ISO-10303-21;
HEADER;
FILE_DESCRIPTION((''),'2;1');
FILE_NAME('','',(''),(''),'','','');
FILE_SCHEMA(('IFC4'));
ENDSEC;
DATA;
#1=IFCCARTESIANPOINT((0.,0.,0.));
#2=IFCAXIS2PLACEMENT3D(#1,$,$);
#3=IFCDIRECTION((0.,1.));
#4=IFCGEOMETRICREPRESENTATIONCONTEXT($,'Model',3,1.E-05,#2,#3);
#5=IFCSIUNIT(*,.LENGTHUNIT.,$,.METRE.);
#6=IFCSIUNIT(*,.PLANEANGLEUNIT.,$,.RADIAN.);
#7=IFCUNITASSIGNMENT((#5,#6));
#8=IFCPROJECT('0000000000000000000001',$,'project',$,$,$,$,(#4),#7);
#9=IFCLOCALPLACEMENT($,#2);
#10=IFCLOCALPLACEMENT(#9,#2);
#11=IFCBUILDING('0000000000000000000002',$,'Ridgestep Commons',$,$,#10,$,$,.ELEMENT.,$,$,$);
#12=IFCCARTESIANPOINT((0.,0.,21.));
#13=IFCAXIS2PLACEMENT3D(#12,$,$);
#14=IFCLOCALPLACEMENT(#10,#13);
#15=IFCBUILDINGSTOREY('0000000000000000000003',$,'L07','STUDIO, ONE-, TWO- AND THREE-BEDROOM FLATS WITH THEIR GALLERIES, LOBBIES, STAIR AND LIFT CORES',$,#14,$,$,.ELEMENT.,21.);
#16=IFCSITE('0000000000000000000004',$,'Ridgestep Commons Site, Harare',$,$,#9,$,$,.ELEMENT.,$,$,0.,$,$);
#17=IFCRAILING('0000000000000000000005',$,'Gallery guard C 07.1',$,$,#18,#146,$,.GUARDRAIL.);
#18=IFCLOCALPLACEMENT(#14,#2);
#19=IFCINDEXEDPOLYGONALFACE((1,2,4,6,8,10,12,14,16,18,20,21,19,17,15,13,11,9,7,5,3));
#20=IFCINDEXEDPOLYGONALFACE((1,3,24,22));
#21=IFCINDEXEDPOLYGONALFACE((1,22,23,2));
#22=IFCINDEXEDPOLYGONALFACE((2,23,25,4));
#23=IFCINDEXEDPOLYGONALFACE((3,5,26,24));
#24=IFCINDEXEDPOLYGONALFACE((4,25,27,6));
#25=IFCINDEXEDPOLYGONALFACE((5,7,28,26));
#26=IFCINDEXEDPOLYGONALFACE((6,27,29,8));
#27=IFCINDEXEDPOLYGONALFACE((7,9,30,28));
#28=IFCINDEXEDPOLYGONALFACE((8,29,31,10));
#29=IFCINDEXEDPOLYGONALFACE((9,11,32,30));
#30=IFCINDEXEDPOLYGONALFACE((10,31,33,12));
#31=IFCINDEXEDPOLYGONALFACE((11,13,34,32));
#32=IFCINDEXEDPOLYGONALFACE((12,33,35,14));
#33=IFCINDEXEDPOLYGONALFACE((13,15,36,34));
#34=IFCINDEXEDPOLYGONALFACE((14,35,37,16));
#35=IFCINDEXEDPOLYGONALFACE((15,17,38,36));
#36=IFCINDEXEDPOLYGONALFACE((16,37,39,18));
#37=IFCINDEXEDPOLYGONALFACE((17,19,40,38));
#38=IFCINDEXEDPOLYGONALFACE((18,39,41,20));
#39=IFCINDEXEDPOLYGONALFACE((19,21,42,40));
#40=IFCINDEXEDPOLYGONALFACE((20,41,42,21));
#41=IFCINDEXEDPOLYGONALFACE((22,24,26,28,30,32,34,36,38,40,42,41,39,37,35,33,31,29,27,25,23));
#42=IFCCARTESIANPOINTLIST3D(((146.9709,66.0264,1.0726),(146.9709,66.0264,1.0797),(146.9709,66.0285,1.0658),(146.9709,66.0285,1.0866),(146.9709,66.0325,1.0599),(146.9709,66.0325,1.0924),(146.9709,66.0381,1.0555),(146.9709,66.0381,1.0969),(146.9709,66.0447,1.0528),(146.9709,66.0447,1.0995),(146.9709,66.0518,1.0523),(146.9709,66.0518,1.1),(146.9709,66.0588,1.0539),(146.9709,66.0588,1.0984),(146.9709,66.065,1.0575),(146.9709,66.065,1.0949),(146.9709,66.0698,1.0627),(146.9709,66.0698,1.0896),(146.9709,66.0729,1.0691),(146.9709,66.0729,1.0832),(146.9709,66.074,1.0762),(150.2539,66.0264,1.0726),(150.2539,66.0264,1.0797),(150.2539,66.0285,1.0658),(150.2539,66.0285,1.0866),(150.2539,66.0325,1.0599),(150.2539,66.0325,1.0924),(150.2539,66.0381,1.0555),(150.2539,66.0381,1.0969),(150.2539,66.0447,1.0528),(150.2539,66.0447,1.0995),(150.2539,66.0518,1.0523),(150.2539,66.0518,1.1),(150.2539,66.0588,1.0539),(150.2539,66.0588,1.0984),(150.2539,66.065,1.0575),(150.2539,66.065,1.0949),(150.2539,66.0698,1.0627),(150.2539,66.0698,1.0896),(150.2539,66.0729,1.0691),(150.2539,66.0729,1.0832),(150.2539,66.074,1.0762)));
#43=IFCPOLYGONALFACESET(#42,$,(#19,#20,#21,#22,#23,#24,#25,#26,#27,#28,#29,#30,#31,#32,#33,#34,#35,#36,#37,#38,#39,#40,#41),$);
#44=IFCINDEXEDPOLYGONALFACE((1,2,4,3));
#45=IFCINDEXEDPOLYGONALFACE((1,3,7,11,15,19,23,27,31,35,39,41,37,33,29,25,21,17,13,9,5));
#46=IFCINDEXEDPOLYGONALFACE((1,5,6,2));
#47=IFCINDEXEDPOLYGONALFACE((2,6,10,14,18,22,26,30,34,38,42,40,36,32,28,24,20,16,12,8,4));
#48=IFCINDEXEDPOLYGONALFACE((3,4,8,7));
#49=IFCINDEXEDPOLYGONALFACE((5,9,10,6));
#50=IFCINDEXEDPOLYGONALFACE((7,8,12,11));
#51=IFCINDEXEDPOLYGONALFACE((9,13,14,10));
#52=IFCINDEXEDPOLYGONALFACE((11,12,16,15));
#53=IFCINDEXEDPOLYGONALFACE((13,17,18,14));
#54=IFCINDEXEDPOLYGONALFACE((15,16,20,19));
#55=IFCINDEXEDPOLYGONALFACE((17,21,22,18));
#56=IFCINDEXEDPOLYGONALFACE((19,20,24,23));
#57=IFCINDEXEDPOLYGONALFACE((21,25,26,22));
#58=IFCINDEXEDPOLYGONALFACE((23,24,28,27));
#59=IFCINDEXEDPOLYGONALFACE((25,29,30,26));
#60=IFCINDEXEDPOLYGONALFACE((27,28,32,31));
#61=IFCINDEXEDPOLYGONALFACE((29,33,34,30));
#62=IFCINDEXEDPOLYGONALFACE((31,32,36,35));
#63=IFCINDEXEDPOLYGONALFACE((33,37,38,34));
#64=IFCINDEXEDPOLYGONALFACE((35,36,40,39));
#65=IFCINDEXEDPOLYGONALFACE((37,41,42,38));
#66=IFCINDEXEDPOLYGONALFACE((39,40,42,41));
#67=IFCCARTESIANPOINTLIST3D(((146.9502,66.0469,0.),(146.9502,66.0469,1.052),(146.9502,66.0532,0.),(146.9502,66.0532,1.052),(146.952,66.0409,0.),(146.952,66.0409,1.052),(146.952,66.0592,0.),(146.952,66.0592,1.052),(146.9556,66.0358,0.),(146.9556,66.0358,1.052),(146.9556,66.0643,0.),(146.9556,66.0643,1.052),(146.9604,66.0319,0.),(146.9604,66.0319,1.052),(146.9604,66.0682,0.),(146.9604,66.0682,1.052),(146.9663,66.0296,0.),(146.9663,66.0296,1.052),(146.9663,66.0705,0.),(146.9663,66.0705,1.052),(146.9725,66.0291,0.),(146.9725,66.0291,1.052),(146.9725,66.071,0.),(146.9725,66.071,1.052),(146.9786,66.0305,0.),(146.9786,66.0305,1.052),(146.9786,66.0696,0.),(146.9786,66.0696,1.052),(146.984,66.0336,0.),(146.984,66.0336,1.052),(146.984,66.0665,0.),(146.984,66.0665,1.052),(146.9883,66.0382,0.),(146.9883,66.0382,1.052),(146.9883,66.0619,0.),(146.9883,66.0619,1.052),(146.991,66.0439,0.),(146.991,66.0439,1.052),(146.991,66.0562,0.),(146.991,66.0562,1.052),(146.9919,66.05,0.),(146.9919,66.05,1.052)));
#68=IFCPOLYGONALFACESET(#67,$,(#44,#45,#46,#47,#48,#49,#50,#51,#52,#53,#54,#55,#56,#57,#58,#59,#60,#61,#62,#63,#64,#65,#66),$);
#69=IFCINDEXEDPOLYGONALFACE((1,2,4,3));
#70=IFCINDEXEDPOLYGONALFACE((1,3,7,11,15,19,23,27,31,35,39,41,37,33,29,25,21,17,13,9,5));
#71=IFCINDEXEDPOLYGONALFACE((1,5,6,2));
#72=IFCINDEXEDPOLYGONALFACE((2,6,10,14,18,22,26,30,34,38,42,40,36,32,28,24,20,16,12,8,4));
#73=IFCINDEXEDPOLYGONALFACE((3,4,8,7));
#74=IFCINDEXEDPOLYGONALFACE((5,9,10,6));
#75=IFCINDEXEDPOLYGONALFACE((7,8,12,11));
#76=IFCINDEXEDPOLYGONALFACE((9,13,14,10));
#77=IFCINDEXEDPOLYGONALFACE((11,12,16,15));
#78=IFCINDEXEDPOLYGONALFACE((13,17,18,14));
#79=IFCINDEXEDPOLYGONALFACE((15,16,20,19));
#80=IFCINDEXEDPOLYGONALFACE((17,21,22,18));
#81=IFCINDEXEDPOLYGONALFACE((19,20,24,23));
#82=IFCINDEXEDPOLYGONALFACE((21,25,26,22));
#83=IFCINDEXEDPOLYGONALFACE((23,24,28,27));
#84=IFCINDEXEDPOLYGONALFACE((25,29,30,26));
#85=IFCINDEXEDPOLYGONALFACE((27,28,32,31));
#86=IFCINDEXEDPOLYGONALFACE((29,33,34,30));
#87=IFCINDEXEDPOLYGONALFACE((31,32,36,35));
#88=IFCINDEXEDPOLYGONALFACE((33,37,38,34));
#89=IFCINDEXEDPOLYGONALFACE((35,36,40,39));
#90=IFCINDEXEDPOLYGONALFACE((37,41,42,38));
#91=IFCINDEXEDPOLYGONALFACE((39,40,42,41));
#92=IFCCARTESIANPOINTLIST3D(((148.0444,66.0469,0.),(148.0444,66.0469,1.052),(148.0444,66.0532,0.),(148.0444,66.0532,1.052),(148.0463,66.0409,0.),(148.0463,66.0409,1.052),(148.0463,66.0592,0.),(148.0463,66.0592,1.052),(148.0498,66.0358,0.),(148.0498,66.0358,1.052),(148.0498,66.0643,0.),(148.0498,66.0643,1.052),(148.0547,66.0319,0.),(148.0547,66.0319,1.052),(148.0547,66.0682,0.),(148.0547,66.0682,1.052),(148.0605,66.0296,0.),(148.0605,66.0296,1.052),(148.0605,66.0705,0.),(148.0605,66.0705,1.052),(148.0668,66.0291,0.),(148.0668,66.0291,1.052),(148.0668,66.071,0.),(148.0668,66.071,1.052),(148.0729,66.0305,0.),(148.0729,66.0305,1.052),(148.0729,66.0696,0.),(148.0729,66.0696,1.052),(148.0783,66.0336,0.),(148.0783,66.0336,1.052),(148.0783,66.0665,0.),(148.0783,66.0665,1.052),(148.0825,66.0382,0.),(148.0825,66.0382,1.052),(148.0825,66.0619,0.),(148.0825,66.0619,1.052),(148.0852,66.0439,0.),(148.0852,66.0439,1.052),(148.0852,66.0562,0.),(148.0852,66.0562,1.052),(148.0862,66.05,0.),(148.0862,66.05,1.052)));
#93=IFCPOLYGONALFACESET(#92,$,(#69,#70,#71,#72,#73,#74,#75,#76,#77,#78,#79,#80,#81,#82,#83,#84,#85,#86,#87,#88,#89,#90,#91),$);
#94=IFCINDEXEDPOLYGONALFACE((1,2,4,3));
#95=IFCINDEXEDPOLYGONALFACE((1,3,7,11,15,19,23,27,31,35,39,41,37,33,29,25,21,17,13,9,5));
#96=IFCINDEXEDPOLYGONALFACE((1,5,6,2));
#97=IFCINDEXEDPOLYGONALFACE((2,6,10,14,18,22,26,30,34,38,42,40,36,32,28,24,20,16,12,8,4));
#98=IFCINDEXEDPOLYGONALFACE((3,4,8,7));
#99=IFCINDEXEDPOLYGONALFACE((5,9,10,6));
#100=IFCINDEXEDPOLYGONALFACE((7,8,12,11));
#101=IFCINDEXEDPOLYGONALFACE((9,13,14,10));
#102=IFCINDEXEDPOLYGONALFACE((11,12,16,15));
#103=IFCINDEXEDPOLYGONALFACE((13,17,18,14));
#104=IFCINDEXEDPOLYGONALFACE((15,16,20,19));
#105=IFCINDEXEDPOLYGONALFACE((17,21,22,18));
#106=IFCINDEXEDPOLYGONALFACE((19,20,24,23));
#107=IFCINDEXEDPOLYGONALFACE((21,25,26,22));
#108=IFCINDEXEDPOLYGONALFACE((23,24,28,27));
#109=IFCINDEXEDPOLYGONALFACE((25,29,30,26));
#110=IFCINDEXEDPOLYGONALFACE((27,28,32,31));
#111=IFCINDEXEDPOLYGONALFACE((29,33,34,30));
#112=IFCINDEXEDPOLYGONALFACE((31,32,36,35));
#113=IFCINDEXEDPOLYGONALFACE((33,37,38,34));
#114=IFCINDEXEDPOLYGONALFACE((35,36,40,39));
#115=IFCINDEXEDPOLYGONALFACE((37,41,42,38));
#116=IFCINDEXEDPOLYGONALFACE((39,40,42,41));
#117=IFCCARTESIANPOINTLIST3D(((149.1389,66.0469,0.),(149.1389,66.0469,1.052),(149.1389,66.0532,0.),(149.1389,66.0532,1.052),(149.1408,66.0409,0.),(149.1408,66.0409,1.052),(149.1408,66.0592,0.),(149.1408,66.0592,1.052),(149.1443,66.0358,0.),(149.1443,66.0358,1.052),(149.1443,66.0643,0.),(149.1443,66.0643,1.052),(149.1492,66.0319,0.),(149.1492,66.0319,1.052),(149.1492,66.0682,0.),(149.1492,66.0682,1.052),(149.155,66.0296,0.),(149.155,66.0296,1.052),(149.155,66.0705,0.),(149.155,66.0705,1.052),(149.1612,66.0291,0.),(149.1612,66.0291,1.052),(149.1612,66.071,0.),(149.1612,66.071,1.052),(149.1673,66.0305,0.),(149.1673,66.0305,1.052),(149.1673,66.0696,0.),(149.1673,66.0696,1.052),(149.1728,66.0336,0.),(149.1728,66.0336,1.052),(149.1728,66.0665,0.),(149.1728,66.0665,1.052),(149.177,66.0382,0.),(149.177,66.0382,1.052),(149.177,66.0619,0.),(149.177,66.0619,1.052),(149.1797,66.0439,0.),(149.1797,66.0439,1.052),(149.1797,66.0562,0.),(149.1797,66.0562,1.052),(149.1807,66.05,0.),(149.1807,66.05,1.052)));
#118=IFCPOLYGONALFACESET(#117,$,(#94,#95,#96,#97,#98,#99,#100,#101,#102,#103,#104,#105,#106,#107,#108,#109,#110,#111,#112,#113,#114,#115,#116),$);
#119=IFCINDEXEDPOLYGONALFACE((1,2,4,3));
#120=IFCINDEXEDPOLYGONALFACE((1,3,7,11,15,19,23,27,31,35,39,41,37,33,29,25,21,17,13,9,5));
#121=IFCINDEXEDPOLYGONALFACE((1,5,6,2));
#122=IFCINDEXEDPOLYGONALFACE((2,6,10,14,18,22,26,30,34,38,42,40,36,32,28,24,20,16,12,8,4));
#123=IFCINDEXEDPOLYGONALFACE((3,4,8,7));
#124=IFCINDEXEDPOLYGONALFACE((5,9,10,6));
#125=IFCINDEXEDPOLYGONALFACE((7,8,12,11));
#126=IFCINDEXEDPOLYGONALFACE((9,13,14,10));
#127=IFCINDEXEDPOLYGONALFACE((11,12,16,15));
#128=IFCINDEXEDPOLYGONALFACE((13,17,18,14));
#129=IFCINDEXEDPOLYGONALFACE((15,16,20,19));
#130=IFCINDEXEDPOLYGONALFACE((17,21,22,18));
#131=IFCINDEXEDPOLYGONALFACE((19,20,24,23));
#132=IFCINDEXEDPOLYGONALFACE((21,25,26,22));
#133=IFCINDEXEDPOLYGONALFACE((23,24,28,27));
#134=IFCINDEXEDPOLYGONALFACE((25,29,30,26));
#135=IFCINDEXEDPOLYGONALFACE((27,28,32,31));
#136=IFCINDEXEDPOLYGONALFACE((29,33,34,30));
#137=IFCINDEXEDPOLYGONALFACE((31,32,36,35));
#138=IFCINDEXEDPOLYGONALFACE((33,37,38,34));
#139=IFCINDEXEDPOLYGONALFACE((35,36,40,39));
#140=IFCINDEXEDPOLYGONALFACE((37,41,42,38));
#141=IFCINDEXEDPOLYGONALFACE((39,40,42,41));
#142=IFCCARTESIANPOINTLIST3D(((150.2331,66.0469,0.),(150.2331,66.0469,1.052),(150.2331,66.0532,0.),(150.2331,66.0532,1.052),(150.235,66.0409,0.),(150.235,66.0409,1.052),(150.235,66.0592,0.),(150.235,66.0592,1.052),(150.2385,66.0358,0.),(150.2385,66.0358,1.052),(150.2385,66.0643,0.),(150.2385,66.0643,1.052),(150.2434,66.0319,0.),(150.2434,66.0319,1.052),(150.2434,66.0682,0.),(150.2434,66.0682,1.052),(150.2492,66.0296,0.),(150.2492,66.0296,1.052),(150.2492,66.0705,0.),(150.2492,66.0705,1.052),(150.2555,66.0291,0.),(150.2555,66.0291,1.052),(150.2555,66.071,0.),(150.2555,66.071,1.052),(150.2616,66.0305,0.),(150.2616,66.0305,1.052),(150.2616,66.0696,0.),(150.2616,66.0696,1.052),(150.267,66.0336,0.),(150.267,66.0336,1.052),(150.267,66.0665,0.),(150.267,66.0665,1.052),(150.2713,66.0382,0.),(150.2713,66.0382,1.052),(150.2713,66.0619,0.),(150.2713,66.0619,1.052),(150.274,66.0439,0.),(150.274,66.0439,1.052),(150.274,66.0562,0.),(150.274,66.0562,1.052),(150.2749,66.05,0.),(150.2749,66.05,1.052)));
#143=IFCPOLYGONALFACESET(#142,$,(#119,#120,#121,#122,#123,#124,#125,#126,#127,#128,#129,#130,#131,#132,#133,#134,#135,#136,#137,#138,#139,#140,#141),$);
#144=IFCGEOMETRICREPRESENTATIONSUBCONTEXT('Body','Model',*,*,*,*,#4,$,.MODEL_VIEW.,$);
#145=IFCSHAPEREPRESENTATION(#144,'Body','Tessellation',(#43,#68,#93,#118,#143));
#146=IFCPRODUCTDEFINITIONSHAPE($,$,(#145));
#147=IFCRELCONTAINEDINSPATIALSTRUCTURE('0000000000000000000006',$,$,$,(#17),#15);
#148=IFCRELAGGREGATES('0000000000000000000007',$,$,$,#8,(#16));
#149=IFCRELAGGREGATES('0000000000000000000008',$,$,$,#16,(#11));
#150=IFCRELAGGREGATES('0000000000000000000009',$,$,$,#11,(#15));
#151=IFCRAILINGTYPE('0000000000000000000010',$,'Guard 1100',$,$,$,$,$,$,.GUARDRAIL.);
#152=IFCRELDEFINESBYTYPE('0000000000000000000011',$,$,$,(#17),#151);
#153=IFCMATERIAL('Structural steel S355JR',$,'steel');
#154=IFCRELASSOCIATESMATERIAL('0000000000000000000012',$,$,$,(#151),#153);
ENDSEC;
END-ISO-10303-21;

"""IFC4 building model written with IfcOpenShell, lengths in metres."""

from ifc_helpers import new_model, si_unit, direction, frame, origin, origin_2d, place, context, subcontext, project, spatial, circle, extrude, material, type_object, element, save


model = new_model("IFC4")

# Units and contexts
model_context = context("Model", 3, precision=1e-05, world=origin(), true_north=direction((0.0, 1.0)))
body_context = subcontext(model_context, "Body", "Model", "MODEL_VIEW")
ifc_project = project(units=[si_unit("LENGTHUNIT", "METRE"), si_unit("PLANEANGLEUNIT", "RADIAN")], contexts=[model_context])

# Site, building, storey
site_placement = place(None, origin())
site = spatial("IfcSite", under=ifc_project, at=site_placement, Name="Ridgestep Commons Site, Harare", CompositionType="ELEMENT", RefElevation=0.0)
building_placement = place(site_placement, origin())
building = spatial("IfcBuilding", under=site, at=building_placement, Name="Ridgestep Commons", CompositionType="ELEMENT")
storey_placement = place(building_placement, frame((0.0, 0.0, 21.0)))
storey = spatial("IfcBuildingStorey", under=building, at=storey_placement, Name="L07", Description="STUDIO, ONE-, TWO- AND THREE-BEDROOM FLATS WITH THEIR GALLERIES, LOBBIES, STAIR AND LIFT CORES", CompositionType="ELEMENT", Elevation=21.0)

# Railing
ifc_material_1 = material(Name="Structural steel S355JR", Category="steel")
railing_type = type_object("IfcRailingType", Name="Guard 1100", PredefinedType="GUARDRAIL", material=ifc_material_1)
railing_1_placement = place(storey_placement, frame((146.9709, 66.05, 0.0)))
element("IfcRailing", 1, at=railing_1_placement, inside=storey, type_object=railing_type, Name="Gallery guard C 07.1", PredefinedType="GUARDRAIL", context=body_context, shape_type="SweptSolid", body=[
    extrude(circle(Radius=0.0239, at=origin_2d()), frame((0.0, 0.0, 1.0762), z_axis=(1.0, 0.0, 0.0), x_axis=(0.0, 1.0, 0.0)), (0.0, 0.0, 1.0), 3.283),
    extrude(circle(Radius=0.021, at=origin_2d()), origin(), (0.0, 0.0, 1.0), 1.052),
    extrude(circle(Radius=0.021, at=origin_2d()), frame((1.0942, 0.0, 0.0)), (0.0, 0.0, 1.0), 1.052),
    extrude(circle(Radius=0.021, at=origin_2d()), frame((2.1887, 0.0, 0.0)), (0.0, 0.0, 1.0), 1.052),
    extrude(circle(Radius=0.021, at=origin_2d()), frame((3.283, 0.0, 0.0)), (0.0, 0.0, 1.0), 1.052),
])

save(model, "model.ifc")
